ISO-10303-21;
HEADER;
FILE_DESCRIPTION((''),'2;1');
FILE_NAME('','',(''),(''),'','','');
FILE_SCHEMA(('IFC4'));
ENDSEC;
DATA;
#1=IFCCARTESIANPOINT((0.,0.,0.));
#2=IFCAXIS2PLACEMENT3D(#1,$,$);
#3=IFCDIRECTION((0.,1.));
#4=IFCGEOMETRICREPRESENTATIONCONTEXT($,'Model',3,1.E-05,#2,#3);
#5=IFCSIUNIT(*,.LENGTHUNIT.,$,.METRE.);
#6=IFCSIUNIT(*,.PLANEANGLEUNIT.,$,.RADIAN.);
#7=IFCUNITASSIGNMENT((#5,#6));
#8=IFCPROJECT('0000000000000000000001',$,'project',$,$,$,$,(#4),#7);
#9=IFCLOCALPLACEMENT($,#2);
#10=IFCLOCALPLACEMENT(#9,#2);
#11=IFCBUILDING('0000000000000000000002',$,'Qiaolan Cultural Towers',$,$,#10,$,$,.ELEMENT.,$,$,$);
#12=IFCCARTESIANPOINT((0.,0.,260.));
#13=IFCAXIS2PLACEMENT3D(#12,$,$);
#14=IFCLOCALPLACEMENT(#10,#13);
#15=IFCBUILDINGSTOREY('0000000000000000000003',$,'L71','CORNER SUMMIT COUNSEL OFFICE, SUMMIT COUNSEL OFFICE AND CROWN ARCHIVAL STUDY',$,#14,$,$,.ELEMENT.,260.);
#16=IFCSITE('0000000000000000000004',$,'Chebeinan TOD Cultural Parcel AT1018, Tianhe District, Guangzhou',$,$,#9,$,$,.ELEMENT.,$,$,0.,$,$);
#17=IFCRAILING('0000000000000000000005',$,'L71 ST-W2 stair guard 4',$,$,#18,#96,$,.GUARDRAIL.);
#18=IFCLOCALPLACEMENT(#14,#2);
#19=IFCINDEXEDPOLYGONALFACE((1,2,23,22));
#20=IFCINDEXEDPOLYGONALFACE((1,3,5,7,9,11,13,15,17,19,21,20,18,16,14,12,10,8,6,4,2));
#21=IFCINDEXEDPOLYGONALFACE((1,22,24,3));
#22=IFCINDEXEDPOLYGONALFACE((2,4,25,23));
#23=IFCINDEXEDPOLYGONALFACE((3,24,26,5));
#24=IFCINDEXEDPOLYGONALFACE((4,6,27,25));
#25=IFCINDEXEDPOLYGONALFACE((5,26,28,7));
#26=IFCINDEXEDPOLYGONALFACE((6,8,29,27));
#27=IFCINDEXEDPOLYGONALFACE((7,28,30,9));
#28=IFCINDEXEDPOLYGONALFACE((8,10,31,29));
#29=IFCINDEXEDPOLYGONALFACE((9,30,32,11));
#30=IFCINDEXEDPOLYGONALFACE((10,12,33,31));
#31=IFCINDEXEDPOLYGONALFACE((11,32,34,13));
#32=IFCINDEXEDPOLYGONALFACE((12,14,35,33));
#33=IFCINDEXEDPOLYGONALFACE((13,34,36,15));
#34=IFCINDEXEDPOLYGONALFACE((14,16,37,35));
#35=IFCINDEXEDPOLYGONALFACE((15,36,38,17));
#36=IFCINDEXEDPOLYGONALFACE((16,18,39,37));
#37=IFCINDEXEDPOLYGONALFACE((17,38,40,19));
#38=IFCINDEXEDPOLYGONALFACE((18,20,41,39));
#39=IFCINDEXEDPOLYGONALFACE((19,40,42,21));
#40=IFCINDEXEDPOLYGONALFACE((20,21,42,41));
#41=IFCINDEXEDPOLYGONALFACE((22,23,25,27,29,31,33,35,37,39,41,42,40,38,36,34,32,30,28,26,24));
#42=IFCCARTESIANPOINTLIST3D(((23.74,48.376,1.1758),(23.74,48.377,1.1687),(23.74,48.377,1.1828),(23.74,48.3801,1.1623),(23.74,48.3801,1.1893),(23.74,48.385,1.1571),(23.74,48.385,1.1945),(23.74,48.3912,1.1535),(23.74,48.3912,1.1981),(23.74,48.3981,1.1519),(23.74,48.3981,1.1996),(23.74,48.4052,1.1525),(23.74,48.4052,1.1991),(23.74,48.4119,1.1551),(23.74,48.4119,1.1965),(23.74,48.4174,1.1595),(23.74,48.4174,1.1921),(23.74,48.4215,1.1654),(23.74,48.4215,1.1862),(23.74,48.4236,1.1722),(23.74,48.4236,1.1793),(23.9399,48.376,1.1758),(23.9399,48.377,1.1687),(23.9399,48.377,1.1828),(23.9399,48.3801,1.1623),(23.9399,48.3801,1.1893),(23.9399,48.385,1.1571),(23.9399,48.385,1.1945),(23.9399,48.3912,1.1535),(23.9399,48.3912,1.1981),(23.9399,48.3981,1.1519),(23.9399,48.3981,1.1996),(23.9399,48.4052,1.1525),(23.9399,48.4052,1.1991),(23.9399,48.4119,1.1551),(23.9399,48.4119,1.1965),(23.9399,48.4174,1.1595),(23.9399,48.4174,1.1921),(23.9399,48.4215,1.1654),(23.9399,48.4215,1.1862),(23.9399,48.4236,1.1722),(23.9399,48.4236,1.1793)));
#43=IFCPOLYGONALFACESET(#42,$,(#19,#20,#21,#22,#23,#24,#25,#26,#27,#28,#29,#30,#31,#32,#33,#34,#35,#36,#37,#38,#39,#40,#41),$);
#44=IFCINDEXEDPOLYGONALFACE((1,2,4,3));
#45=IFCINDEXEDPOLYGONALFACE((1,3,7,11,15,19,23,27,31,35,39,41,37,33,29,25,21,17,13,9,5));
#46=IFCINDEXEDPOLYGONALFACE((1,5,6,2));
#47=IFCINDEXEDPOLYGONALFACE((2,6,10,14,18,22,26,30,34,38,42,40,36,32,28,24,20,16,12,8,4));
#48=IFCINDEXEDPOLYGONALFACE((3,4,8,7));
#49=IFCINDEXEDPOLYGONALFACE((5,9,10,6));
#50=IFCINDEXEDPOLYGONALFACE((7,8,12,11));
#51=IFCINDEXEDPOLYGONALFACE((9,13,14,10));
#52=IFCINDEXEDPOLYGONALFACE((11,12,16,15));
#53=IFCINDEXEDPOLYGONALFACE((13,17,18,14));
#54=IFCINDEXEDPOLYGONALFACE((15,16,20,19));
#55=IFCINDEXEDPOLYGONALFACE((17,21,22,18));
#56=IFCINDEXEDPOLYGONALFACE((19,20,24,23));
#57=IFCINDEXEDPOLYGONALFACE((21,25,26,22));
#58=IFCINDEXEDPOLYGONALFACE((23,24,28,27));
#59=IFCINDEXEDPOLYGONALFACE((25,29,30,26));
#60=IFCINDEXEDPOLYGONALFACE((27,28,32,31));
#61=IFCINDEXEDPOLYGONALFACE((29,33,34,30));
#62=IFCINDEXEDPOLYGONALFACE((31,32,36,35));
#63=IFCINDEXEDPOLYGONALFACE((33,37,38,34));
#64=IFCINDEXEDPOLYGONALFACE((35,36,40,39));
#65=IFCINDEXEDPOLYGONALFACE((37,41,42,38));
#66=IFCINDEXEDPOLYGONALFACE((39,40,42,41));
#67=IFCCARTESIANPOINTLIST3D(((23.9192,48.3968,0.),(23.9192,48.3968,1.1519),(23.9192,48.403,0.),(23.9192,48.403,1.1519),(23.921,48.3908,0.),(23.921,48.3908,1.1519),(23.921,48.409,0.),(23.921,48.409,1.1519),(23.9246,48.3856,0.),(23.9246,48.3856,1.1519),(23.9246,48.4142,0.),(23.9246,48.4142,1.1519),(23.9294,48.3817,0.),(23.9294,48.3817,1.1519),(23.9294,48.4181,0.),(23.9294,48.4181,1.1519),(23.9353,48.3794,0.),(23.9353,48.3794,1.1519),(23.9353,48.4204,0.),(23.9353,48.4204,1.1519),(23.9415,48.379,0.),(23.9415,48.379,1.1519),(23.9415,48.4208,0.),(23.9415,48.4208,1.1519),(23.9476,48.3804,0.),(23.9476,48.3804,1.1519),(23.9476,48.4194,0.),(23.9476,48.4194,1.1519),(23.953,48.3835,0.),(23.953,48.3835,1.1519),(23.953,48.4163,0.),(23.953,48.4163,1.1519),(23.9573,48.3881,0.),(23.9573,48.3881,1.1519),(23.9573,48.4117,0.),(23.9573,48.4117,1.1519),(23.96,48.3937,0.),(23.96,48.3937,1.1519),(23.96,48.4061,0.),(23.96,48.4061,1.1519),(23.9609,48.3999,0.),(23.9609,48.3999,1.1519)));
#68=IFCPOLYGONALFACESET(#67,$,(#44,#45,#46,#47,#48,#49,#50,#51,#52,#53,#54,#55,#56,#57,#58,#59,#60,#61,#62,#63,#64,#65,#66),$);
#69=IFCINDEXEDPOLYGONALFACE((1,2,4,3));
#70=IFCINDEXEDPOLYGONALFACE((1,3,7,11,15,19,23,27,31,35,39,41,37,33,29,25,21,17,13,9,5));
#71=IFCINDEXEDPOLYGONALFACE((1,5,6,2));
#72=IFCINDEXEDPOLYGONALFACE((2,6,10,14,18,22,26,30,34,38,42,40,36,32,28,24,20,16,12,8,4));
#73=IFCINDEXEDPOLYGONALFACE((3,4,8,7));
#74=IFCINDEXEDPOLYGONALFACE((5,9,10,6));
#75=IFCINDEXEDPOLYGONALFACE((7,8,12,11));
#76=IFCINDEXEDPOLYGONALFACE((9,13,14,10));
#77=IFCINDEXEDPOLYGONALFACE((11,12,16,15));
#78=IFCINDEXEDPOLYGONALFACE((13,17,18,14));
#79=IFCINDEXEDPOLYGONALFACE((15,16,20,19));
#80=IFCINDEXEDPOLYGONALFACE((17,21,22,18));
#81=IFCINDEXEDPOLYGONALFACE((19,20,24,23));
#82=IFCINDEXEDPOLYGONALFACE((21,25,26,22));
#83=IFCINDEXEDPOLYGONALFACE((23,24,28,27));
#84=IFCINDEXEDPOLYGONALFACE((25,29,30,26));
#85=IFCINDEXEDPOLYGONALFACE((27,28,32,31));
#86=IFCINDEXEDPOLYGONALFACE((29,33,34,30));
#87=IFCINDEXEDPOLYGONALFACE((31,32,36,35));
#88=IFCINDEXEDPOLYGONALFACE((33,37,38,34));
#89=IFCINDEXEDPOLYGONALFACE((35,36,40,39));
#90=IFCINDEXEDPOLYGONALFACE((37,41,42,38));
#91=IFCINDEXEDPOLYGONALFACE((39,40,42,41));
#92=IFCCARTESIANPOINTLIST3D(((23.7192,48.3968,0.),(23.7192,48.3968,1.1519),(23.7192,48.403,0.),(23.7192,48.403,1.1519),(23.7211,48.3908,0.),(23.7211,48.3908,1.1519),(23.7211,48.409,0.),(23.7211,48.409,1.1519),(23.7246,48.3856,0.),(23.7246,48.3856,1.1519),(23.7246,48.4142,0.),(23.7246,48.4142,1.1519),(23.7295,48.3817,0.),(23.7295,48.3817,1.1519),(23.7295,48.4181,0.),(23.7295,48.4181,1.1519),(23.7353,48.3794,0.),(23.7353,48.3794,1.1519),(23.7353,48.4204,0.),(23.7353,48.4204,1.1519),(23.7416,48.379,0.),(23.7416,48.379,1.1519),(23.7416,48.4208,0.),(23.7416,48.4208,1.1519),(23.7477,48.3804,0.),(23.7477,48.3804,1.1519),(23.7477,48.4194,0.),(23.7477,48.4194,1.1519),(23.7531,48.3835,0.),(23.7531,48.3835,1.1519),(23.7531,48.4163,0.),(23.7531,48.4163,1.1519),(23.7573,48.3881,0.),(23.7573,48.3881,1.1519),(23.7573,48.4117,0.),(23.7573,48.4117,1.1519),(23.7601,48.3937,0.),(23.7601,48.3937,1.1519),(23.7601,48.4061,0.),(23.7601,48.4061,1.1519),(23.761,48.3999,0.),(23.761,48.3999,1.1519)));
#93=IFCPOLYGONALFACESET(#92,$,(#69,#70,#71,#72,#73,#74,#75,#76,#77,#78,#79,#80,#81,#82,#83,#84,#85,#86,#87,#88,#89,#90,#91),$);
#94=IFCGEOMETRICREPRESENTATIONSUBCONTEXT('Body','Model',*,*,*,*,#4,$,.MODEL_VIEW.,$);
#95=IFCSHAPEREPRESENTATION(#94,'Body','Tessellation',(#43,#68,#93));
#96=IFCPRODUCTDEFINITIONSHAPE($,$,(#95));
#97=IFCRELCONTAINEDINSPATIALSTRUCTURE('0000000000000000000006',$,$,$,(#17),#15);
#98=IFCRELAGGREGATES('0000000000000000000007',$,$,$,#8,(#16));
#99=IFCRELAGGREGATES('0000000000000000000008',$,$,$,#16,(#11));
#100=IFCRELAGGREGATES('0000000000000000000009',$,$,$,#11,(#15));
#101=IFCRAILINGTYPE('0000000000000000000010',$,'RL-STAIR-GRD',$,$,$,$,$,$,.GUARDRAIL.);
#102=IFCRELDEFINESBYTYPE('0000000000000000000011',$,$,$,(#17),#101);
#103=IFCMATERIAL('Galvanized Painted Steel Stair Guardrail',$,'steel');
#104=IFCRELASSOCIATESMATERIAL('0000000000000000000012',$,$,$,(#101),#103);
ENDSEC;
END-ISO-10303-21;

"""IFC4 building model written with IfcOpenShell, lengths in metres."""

from ifc_helpers import new_model, si_unit, direction, frame, origin, origin_2d, place, context, subcontext, project, spatial, circle, extrude, material, type_object, element, save


model = new_model("IFC4")

# Units and contexts
model_context = context("Model", 3, precision=1e-05, world=origin(), true_north=direction((0.0, 1.0)))
body_context = subcontext(model_context, "Body", "Model", "MODEL_VIEW")
ifc_project = project(units=[si_unit("LENGTHUNIT", "METRE"), si_unit("PLANEANGLEUNIT", "RADIAN")], contexts=[model_context])

# Site, building, storey
site_placement = place(None, origin())
site = spatial("IfcSite", under=ifc_project, at=site_placement, Name="Chebeinan TOD Cultural Parcel AT1018, Tianhe District, Guangzhou", CompositionType="ELEMENT", RefElevation=0.0)
building_placement = place(site_placement, origin())
building = spatial("IfcBuilding", under=site, at=building_placement, Name="Qiaolan Cultural Towers", CompositionType="ELEMENT")
storey_placement = place(building_placement, frame((0.0, 0.0, 260.0)))
storey = spatial("IfcBuildingStorey", under=building, at=storey_placement, Name="L71", Description="CORNER SUMMIT COUNSEL OFFICE, SUMMIT COUNSEL OFFICE AND CROWN ARCHIVAL STUDY", CompositionType="ELEMENT", Elevation=260.0)

# Railing
ifc_material_1 = material(Name="Galvanized Painted Steel Stair Guardrail", Category="steel")
railing_type_1 = type_object("IfcRailingType", Name="RL-STAIR-GRD", PredefinedType="GUARDRAIL", material=ifc_material_1)
railing_1_placement = place(storey_placement, frame((23.9399, 48.3999, 0.0)))
element("IfcRailing", 1, at=railing_1_placement, inside=storey, type_object=railing_type_1, Name="L71 ST-W2 stair guard 4", PredefinedType="GUARDRAIL", context=body_context, shape_type="SweptSolid", body=[
    extrude(circle(Radius=0.0239, at=origin_2d()), frame((0.0, 0.0, 1.1758), z_axis=(-1.0, 0.0, 0.0), x_axis=(0.0, -1.0, 0.0)), (0.0, 0.0, 1.0), 0.2),
    extrude(circle(Radius=0.021, at=origin_2d()), origin(), (0.0, 0.0, 1.0), 1.1519),
    extrude(circle(Radius=0.021, at=origin_2d()), frame((-0.2, 0.0, 0.0)), (0.0, 0.0, 1.0), 1.1519),
])

save(model, "model.ifc")
